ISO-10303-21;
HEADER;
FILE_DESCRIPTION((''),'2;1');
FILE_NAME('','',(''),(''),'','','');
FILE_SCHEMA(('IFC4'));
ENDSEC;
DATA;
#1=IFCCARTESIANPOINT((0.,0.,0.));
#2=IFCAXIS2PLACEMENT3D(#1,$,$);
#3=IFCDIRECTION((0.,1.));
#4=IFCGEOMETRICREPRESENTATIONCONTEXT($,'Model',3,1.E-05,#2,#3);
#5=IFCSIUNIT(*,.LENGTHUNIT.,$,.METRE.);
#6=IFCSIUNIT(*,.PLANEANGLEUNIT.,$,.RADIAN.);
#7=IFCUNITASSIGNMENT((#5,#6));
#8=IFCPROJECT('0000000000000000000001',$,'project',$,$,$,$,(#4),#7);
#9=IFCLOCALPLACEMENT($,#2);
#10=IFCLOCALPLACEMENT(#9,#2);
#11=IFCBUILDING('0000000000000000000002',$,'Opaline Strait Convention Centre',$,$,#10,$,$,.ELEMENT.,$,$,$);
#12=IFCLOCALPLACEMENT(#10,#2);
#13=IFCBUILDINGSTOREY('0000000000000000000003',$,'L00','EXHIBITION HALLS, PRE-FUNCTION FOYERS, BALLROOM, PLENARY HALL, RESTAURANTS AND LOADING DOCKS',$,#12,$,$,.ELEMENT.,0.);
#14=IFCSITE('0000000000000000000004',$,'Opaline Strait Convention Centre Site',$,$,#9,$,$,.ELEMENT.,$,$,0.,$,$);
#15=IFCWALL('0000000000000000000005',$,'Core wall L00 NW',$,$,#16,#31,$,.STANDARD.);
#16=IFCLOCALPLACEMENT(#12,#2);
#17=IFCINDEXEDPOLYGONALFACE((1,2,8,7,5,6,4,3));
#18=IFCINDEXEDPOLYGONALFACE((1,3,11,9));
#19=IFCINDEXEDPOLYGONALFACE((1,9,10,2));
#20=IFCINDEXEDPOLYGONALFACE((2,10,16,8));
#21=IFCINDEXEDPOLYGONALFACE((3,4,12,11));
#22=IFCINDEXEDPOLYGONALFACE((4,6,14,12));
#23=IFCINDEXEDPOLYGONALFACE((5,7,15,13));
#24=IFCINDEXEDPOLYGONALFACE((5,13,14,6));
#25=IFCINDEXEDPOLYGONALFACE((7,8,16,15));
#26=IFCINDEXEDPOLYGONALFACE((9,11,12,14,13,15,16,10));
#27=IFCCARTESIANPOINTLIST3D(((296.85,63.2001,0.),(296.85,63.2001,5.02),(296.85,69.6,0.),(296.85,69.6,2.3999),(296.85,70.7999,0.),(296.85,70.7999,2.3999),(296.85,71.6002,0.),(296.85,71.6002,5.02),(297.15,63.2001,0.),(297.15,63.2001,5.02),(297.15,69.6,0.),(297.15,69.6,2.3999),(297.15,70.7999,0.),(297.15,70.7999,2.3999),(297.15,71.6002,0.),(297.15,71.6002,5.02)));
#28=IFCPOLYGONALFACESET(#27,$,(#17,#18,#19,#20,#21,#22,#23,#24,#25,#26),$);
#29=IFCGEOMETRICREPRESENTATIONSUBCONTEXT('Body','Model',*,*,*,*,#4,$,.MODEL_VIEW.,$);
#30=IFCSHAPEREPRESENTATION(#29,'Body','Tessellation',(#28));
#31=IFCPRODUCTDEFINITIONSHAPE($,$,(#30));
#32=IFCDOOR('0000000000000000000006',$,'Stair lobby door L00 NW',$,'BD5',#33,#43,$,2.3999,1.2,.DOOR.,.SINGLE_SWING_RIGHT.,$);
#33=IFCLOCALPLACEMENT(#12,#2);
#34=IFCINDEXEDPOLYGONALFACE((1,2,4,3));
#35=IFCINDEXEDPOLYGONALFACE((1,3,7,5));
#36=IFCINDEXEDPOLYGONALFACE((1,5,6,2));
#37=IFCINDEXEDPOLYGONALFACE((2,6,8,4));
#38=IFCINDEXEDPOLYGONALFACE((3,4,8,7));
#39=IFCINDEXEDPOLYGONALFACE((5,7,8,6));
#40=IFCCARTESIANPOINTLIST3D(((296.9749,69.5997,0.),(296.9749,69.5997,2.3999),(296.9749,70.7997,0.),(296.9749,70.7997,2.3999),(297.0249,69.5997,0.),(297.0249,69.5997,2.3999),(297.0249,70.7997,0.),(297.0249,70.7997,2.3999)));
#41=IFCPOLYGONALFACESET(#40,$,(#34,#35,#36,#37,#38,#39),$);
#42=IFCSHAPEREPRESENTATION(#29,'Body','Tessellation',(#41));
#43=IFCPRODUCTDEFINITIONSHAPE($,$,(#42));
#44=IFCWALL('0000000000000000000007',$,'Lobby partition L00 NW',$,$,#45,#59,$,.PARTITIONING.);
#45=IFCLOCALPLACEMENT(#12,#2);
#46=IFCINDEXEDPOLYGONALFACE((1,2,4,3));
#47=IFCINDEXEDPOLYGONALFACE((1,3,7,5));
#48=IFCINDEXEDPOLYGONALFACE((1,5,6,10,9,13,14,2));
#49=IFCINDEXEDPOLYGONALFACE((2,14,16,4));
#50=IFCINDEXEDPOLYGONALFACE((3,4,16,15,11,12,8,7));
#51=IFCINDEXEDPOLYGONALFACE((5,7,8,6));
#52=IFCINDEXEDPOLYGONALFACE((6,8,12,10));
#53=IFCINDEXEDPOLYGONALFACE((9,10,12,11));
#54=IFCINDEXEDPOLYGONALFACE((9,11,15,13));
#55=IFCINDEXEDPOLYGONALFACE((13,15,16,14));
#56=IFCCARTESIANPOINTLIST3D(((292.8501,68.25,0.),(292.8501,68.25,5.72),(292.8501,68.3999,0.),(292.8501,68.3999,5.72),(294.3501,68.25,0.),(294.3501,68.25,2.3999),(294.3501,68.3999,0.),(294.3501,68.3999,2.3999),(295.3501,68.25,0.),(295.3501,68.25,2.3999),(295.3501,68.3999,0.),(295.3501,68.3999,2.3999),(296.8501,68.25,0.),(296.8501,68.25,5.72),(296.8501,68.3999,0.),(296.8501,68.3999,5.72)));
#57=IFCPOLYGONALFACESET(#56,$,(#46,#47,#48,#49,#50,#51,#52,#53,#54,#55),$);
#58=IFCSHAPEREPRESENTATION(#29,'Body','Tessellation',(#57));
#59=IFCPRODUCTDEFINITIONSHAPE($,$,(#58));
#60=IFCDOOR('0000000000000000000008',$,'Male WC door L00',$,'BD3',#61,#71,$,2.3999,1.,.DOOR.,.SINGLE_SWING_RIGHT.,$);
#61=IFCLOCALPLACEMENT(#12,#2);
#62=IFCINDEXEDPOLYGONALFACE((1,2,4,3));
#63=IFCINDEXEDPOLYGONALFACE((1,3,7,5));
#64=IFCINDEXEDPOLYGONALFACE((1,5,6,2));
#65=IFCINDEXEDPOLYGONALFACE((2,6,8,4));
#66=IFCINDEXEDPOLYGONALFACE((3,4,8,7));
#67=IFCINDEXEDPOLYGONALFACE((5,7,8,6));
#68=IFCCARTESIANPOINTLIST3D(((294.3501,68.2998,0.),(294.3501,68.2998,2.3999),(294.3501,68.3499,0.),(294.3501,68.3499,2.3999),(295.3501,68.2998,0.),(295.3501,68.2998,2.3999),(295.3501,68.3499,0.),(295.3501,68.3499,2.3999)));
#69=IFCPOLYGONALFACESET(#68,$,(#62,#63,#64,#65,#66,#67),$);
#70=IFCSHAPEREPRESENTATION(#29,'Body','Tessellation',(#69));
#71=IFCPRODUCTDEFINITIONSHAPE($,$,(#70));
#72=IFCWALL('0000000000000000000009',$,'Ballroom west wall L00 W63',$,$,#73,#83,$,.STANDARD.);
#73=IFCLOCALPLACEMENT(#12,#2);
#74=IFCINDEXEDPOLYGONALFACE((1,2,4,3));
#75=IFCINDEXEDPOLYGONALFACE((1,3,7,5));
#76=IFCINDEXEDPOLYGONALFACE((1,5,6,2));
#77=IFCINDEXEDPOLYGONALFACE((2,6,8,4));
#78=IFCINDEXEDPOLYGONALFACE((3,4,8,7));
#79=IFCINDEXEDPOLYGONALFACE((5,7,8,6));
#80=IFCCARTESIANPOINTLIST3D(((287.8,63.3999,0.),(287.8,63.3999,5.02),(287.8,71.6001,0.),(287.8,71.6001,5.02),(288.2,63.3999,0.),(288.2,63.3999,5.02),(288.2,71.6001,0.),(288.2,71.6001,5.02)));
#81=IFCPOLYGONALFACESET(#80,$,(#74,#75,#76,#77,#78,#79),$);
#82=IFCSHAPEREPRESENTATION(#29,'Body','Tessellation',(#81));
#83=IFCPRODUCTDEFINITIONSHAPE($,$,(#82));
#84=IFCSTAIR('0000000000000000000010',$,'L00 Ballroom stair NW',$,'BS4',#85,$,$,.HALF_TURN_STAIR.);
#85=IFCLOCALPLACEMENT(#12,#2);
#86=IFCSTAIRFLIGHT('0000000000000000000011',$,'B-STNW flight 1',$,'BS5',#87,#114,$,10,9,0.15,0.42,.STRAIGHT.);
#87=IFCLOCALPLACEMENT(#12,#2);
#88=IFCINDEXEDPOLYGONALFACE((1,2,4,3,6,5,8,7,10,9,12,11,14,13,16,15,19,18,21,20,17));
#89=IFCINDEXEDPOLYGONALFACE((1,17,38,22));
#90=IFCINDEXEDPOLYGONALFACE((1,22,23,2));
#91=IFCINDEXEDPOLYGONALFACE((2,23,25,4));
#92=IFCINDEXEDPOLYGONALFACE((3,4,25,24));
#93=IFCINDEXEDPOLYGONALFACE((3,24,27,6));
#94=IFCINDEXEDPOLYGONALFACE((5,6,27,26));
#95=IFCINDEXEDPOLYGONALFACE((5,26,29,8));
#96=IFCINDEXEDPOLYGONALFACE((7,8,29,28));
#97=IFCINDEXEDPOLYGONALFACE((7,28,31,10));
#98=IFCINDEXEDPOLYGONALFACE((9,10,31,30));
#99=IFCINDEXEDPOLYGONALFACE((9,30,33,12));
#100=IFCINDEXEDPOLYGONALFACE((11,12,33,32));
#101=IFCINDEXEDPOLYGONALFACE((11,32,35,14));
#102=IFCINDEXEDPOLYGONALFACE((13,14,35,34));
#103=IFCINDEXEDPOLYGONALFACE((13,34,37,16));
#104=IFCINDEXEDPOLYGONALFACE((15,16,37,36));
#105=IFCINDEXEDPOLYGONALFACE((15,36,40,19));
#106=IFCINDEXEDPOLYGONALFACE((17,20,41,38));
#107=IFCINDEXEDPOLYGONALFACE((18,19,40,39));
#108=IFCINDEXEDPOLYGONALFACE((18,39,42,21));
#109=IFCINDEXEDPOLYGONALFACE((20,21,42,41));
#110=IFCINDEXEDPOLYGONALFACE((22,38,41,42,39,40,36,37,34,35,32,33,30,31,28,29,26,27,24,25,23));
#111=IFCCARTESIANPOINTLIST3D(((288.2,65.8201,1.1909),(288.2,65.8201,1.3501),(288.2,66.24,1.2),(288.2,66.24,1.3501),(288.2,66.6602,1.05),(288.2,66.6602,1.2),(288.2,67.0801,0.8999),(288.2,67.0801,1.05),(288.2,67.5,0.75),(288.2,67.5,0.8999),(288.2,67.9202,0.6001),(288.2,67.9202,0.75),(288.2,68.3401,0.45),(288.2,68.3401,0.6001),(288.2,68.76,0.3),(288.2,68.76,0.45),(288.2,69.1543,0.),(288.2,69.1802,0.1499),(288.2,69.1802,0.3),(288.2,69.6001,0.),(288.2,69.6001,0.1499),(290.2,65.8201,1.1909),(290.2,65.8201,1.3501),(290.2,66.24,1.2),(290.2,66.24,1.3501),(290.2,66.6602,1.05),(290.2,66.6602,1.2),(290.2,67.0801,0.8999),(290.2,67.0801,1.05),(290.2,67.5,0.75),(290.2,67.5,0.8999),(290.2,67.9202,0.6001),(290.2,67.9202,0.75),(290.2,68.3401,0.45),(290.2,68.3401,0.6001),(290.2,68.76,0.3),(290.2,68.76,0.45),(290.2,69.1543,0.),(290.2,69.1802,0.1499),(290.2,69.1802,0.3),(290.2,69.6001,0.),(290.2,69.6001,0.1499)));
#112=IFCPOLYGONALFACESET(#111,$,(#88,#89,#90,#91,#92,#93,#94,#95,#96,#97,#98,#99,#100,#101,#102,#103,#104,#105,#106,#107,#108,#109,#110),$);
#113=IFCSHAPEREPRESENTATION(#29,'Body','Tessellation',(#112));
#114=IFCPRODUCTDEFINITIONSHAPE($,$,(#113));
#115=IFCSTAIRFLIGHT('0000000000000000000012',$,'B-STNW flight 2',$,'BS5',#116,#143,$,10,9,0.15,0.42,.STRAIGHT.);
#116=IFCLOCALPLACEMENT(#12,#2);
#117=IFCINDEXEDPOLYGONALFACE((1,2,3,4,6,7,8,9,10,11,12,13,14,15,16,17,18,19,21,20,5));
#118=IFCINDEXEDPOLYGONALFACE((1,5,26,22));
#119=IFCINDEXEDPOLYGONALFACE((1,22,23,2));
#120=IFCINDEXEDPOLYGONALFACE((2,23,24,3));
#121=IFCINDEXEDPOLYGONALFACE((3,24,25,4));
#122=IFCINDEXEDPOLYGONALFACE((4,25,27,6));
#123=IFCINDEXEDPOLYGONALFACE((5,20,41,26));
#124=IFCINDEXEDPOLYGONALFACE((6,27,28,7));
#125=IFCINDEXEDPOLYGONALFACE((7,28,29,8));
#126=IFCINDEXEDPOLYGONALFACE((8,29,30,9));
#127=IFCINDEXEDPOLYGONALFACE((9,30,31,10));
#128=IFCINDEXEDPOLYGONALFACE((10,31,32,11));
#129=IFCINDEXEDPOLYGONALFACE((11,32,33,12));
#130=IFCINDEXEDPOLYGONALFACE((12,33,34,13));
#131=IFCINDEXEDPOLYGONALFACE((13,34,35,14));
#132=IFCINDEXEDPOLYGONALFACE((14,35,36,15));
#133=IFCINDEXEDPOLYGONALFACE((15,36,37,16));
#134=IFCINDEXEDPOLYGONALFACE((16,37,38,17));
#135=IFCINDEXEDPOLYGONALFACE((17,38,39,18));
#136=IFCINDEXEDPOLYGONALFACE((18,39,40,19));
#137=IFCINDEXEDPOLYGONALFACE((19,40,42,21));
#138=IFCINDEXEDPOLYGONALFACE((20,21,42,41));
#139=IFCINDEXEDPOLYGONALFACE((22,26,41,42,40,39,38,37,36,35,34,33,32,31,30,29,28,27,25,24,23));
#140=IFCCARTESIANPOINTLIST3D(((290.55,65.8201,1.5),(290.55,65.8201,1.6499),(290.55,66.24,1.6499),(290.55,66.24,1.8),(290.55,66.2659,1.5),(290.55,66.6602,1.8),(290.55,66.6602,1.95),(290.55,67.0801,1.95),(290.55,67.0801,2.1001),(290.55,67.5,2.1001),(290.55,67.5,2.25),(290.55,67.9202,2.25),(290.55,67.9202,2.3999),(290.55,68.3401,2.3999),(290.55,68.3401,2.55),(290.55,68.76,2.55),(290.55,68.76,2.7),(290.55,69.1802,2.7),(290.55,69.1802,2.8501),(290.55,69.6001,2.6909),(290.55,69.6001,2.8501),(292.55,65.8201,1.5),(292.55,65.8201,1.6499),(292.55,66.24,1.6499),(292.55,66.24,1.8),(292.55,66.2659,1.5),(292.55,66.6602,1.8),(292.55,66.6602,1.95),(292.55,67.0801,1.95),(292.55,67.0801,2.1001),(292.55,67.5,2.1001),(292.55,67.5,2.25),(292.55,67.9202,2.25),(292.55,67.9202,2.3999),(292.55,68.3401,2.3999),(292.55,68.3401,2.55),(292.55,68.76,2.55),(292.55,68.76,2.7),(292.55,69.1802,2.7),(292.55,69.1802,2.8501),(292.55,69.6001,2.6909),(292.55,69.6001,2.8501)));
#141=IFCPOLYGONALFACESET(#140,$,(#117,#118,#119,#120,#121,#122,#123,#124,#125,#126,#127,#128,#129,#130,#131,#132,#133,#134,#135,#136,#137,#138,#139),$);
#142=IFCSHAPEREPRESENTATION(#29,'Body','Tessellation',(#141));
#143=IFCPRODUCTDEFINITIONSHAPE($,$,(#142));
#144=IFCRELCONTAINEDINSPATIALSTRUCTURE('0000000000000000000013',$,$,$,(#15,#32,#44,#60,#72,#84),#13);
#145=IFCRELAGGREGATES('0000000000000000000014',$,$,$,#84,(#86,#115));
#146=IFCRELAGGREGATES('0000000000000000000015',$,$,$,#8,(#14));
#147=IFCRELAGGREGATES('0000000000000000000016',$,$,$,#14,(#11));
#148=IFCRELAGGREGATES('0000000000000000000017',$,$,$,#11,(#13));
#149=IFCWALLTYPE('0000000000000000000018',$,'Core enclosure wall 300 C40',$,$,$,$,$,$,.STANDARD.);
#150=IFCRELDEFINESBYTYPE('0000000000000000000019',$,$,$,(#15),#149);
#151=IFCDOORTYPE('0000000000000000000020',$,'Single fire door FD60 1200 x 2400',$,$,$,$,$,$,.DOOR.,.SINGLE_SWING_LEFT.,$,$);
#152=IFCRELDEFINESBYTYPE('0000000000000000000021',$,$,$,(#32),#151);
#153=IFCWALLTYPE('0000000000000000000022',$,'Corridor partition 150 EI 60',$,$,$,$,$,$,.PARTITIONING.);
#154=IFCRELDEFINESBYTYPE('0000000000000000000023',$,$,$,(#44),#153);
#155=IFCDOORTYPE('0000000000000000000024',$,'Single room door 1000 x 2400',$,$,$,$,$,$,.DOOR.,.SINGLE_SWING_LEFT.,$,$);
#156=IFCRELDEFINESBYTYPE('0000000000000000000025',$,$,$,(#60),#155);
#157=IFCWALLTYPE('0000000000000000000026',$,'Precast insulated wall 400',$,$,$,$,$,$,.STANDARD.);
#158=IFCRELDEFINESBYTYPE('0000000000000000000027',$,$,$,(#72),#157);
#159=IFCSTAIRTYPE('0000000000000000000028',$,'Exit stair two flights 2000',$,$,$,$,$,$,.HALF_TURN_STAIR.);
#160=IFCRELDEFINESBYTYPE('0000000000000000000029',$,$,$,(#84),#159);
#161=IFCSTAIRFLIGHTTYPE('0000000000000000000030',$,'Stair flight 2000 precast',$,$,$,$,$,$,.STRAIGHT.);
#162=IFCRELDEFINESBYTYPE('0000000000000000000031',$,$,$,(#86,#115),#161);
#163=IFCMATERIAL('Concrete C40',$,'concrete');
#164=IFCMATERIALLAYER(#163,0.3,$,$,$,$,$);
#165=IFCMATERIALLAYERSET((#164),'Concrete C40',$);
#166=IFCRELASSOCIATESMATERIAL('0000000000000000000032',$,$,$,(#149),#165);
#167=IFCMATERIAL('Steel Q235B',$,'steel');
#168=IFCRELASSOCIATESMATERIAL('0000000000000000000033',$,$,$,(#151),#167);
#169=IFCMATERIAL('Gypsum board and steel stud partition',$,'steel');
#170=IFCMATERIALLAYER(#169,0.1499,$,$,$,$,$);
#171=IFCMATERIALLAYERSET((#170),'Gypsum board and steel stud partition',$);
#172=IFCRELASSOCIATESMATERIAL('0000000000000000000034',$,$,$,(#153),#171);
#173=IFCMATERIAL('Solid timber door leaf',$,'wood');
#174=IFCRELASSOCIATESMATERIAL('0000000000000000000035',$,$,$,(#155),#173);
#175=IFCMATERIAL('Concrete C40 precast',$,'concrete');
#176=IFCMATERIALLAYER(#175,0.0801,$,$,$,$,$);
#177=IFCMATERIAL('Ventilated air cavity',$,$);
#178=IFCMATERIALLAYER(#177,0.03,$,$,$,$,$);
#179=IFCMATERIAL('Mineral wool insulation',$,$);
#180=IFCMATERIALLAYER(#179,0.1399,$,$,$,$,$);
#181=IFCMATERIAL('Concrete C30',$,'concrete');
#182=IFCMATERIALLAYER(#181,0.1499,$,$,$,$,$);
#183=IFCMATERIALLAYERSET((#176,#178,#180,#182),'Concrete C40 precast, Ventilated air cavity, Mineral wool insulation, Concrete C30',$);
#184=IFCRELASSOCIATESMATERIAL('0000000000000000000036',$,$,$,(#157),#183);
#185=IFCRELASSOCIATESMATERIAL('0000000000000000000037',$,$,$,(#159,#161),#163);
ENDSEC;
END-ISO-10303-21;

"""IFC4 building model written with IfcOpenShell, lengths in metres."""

from ifc_helpers import new_model, si_unit, direction, frame, frame_2d, origin, place, context, subcontext, project, spatial, polyline, rectangle, outline, extrude, material, layer, layer_set, type_object, element, fill, aggregate, save


model = new_model("IFC4")

# Units and contexts
model_context = context("Model", 3, precision=1e-05, world=origin(), true_north=direction((0.0, 1.0)))
body_context = subcontext(model_context, "Body", "Model", "MODEL_VIEW")
ifc_project = project(units=[si_unit("LENGTHUNIT", "METRE"), si_unit("PLANEANGLEUNIT", "RADIAN")], contexts=[model_context])

# Site, building, storey
site_placement = place(None, origin())
site = spatial("IfcSite", under=ifc_project, at=site_placement, Name="Opaline Strait Convention Centre Site", CompositionType="ELEMENT", RefElevation=0.0)
building_placement = place(site_placement, origin())
building = spatial("IfcBuilding", under=site, at=building_placement, Name="Opaline Strait Convention Centre", CompositionType="ELEMENT")
storey_placement = place(building_placement, origin())
storey = spatial("IfcBuildingStorey", under=building, at=storey_placement, Name="L00", Description="EXHIBITION HALLS, PRE-FUNCTION FOYERS, BALLROOM, PLENARY HALL, RESTAURANTS AND LOADING DOCKS", CompositionType="ELEMENT", Elevation=0.0)

# Walls, openings, doors
ifc_material_1 = material(Name="Concrete C40", Category="concrete")
ifc_layer_1 = layer(ifc_material_1, 0.3)
ifc_layer_set_1 = layer_set([ifc_layer_1], Name="Concrete C40")
wall_type_1 = type_object("IfcWallType", Name="Core enclosure wall 300 C40", PredefinedType="STANDARD", material=ifc_layer_set_1)
ifc_material_2 = material(Name="Steel Q235B", Category="steel")
door_type_1 = type_object("IfcDoorType", Name="Single fire door FD60 1200 x 2400", OperationType="SINGLE_SWING_LEFT", PredefinedType="DOOR", material=ifc_material_2)
wall_1_placement = place(storey_placement, frame((297.0, 63.2, 0.0), z_axis=(0.0, 0.0, 1.0), x_axis=(0.0, 1.0, 0.0)))
wall_1 = element("IfcWall", 1, at=wall_1_placement, inside=storey, type_object=wall_type_1, Name="Core wall L00 NW", PredefinedType="STANDARD", context=body_context, shape_type="SweptSolid", body=[
    extrude(rectangle(XDim=8.4001, YDim=0.3, at=frame_2d((4.2002, 0.0))), origin(), (0.0, 0.0, 1.0), 5.02),
])
opening_1_placement = place(wall_1_placement, frame((6.3999, 0.0, 0.0)))
opening_1 = element("IfcOpeningElement", 2, at=opening_1_placement, cuts=wall_1, PredefinedType="OPENING", context=body_context, shape_type="SweptSolid", body=[
    extrude(rectangle(XDim=1.2, YDim=2.3999, at=frame_2d((0.6001, 1.2))), frame((0.0, 0.1599, 0.0), z_axis=(0.0, -1.0, 0.0), x_axis=(1.0, 0.0, 0.0)), (0.0, 0.0, 1.0), 0.3201),
])
door_1_placement = place(opening_1_placement, frame((1.2, 0.0, 0.0), z_axis=(0.0, 0.0, 1.0), x_axis=(-1.0, 0.0, 0.0)))
door_1 = element("IfcDoor", 3, at=door_1_placement, inside=storey, type_object=door_type_1, Name="Stair lobby door L00 NW", ObjectType="BD5", OperationType="SINGLE_SWING_RIGHT", OverallHeight=2.3999, OverallWidth=1.2, PredefinedType="DOOR", context=body_context, shape_type="SweptSolid", body=[
    extrude(rectangle(XDim=1.2, YDim=2.3999, at=frame_2d((0.6001, 1.2))), frame((0.0, 0.0249, 0.0), z_axis=(0.0, -1.0, 0.0), x_axis=(1.0, 0.0, 0.0)), (0.0, 0.0, 1.0), 0.05),
])
fill(opening_1, door_1)
ifc_material_3 = material(Name="Gypsum board and steel stud partition", Category="steel")
ifc_layer_2 = layer(ifc_material_3, 0.1499)
ifc_layer_set_2 = layer_set([ifc_layer_2], Name="Gypsum board and steel stud partition")
wall_type_2 = type_object("IfcWallType", Name="Corridor partition 150 EI 60", PredefinedType="PARTITIONING", material=ifc_layer_set_2)
wall_2_placement = place(storey_placement, frame((292.8501, 68.325, 0.0), z_axis=(0.0, 0.0, 1.0), x_axis=(1.0, 0.0, 0.0)))
wall_2 = element("IfcWall", 4, at=wall_2_placement, inside=storey, type_object=wall_type_2, Name="Lobby partition L00 NW", PredefinedType="PARTITIONING", context=body_context, shape_type="SweptSolid", body=[
    extrude(rectangle(XDim=4.0, YDim=0.1499, at=frame_2d((2.0, 0.0))), origin(), (0.0, 0.0, 1.0), 5.72),
])
opening_2_placement = place(wall_2_placement, frame((1.5, 0.0, 0.0)))
opening_2 = element("IfcOpeningElement", 5, at=opening_2_placement, cuts=wall_2, PredefinedType="OPENING", context=body_context, shape_type="SweptSolid", body=[
    extrude(rectangle(XDim=1.0, YDim=2.3999, at=frame_2d((0.5, 1.2))), frame((0.0, 0.085, 0.0), z_axis=(0.0, -1.0, 0.0), x_axis=(1.0, 0.0, 0.0)), (0.0, 0.0, 1.0), 0.1699),
])
ifc_material_4 = material(Name="Solid timber door leaf", Category="wood")
door_type_2 = type_object("IfcDoorType", Name="Single room door 1000 x 2400", OperationType="SINGLE_SWING_LEFT", PredefinedType="DOOR", material=ifc_material_4)
door_2_placement = place(opening_2_placement, origin())
door_2 = element("IfcDoor", 6, at=door_2_placement, inside=storey, type_object=door_type_2, Name="Male WC door L00", ObjectType="BD3", OperationType="SINGLE_SWING_RIGHT", OverallHeight=2.3999, OverallWidth=1.0, PredefinedType="DOOR", context=body_context, shape_type="SweptSolid", body=[
    extrude(rectangle(XDim=1.0, YDim=2.3999, at=frame_2d((0.5, 1.2))), frame((0.0, 0.0249, 0.0), z_axis=(0.0, -1.0, 0.0), x_axis=(1.0, 0.0, 0.0)), (0.0, 0.0, 1.0), 0.05),
])
fill(opening_2, door_2)

# Wall
ifc_material_5 = material(Name="Concrete C40 precast", Category="concrete")
ifc_layer_3 = layer(ifc_material_5, 0.0801)
ifc_material_6 = material(Name="Ventilated air cavity")
ifc_layer_4 = layer(ifc_material_6, 0.03)
ifc_material_7 = material(Name="Mineral wool insulation")
ifc_layer_5 = layer(ifc_material_7, 0.1399)
ifc_material_8 = material(Name="Concrete C30", Category="concrete")
ifc_layer_6 = layer(ifc_material_8, 0.1499)
ifc_layer_set_3 = layer_set([ifc_layer_3, ifc_layer_4, ifc_layer_5, ifc_layer_6], Name="Concrete C40 precast, Ventilated air cavity, Mineral wool insulation, Concrete C30")
wall_type_3 = type_object("IfcWallType", Name="Precast insulated wall 400", PredefinedType="STANDARD", material=ifc_layer_set_3)
wall_3_placement = place(storey_placement, frame((288.0, 63.3999, 0.0), z_axis=(0.0, 0.0, 1.0), x_axis=(0.0, 1.0, 0.0)))
element("IfcWall", 7, at=wall_3_placement, inside=storey, type_object=wall_type_3, Name="Ballroom west wall L00 W63", PredefinedType="STANDARD", context=body_context, shape_type="SweptSolid", body=[
    extrude(rectangle(XDim=8.2002, YDim=0.3999, at=frame_2d((4.1001, 0.0))), origin(), (0.0, 0.0, 1.0), 5.02),
])

# Stair, stair flights
stair_type = type_object("IfcStairType", Name="Exit stair two flights 2000", PredefinedType="HALF_TURN_STAIR", material=ifc_material_1)
stair_placement = place(storey_placement, origin())
stair = element("IfcStair", 8, at=stair_placement, inside=storey, type_object=stair_type, Name="L00 Ballroom stair NW", ObjectType="BS4", PredefinedType="HALF_TURN_STAIR")
stair_flight_type = type_object("IfcStairFlightType", Name="Stair flight 2000 precast", PredefinedType="STRAIGHT", material=ifc_material_1)
stair_flight_1_placement = place(storey_placement, frame((289.2, 69.6001, 0.0), z_axis=(0.0, 0.0, 1.0), x_axis=(0.0, -1.0, 0.0)))
stair_flight_1 = element("IfcStairFlight", 9, at=stair_flight_1_placement, type_object=stair_flight_type, Name="B-STNW flight 1", ObjectType="BS5", NumberOfRisers=10, NumberOfTreads=9, PredefinedType="STRAIGHT", RiserHeight=0.15, TreadLength=0.42, context=body_context, shape_type="SweptSolid", body=[
    extrude(outline(polyline([(0.0, 0.0), (0.0, 0.1499), (0.4199, 0.1499), (0.4199, 0.3), (0.8401, 0.3), (0.8401, 0.45), (1.26, 0.45), (1.26, 0.6001), (1.6799, 0.6001), (1.6799, 0.75), (2.1001, 0.75), (2.1001, 0.8999), (2.52, 0.8999), (2.52, 1.05), (2.9399, 1.05), (2.9399, 1.2), (3.3601, 1.2), (3.3601, 1.3501), (3.78, 1.3501), (3.78, 1.5), (3.78, 1.1909), (0.4458, 0.0), (0.0, 0.0)])), frame((0.0, 1.0, 0.0), z_axis=(0.0, -1.0, 0.0), x_axis=(1.0, 0.0, 0.0)), (0.0, 0.0, 1.0), 2.0),
])
stair_flight_2_placement = place(storey_placement, frame((291.55, 65.8201, 1.5), z_axis=(0.0, 0.0, 1.0), x_axis=(0.0, 1.0, 0.0)))
stair_flight_2 = element("IfcStairFlight", 10, at=stair_flight_2_placement, type_object=stair_flight_type, Name="B-STNW flight 2", ObjectType="BS5", NumberOfRisers=10, NumberOfTreads=9, PredefinedType="STRAIGHT", RiserHeight=0.15, TreadLength=0.42, context=body_context, shape_type="SweptSolid", body=[
    extrude(outline(polyline([(0.0, 0.0), (0.0, 0.1499), (0.4199, 0.1499), (0.4199, 0.3), (0.8401, 0.3), (0.8401, 0.45), (1.26, 0.45), (1.26, 0.6001), (1.6799, 0.6001), (1.6799, 0.75), (2.1001, 0.75), (2.1001, 0.8999), (2.52, 0.8999), (2.52, 1.05), (2.9399, 1.05), (2.9399, 1.2), (3.3601, 1.2), (3.3601, 1.3501), (3.78, 1.3501), (3.78, 1.5), (3.78, 1.1909), (0.4458, 0.0), (0.0, 0.0)])), frame((0.0, 1.0, 0.0), z_axis=(0.0, -1.0, 0.0), x_axis=(1.0, 0.0, 0.0)), (0.0, 0.0, 1.0), 2.0),
])
aggregate(stair, [stair_flight_1, stair_flight_2])

save(model, "model.ifc")
